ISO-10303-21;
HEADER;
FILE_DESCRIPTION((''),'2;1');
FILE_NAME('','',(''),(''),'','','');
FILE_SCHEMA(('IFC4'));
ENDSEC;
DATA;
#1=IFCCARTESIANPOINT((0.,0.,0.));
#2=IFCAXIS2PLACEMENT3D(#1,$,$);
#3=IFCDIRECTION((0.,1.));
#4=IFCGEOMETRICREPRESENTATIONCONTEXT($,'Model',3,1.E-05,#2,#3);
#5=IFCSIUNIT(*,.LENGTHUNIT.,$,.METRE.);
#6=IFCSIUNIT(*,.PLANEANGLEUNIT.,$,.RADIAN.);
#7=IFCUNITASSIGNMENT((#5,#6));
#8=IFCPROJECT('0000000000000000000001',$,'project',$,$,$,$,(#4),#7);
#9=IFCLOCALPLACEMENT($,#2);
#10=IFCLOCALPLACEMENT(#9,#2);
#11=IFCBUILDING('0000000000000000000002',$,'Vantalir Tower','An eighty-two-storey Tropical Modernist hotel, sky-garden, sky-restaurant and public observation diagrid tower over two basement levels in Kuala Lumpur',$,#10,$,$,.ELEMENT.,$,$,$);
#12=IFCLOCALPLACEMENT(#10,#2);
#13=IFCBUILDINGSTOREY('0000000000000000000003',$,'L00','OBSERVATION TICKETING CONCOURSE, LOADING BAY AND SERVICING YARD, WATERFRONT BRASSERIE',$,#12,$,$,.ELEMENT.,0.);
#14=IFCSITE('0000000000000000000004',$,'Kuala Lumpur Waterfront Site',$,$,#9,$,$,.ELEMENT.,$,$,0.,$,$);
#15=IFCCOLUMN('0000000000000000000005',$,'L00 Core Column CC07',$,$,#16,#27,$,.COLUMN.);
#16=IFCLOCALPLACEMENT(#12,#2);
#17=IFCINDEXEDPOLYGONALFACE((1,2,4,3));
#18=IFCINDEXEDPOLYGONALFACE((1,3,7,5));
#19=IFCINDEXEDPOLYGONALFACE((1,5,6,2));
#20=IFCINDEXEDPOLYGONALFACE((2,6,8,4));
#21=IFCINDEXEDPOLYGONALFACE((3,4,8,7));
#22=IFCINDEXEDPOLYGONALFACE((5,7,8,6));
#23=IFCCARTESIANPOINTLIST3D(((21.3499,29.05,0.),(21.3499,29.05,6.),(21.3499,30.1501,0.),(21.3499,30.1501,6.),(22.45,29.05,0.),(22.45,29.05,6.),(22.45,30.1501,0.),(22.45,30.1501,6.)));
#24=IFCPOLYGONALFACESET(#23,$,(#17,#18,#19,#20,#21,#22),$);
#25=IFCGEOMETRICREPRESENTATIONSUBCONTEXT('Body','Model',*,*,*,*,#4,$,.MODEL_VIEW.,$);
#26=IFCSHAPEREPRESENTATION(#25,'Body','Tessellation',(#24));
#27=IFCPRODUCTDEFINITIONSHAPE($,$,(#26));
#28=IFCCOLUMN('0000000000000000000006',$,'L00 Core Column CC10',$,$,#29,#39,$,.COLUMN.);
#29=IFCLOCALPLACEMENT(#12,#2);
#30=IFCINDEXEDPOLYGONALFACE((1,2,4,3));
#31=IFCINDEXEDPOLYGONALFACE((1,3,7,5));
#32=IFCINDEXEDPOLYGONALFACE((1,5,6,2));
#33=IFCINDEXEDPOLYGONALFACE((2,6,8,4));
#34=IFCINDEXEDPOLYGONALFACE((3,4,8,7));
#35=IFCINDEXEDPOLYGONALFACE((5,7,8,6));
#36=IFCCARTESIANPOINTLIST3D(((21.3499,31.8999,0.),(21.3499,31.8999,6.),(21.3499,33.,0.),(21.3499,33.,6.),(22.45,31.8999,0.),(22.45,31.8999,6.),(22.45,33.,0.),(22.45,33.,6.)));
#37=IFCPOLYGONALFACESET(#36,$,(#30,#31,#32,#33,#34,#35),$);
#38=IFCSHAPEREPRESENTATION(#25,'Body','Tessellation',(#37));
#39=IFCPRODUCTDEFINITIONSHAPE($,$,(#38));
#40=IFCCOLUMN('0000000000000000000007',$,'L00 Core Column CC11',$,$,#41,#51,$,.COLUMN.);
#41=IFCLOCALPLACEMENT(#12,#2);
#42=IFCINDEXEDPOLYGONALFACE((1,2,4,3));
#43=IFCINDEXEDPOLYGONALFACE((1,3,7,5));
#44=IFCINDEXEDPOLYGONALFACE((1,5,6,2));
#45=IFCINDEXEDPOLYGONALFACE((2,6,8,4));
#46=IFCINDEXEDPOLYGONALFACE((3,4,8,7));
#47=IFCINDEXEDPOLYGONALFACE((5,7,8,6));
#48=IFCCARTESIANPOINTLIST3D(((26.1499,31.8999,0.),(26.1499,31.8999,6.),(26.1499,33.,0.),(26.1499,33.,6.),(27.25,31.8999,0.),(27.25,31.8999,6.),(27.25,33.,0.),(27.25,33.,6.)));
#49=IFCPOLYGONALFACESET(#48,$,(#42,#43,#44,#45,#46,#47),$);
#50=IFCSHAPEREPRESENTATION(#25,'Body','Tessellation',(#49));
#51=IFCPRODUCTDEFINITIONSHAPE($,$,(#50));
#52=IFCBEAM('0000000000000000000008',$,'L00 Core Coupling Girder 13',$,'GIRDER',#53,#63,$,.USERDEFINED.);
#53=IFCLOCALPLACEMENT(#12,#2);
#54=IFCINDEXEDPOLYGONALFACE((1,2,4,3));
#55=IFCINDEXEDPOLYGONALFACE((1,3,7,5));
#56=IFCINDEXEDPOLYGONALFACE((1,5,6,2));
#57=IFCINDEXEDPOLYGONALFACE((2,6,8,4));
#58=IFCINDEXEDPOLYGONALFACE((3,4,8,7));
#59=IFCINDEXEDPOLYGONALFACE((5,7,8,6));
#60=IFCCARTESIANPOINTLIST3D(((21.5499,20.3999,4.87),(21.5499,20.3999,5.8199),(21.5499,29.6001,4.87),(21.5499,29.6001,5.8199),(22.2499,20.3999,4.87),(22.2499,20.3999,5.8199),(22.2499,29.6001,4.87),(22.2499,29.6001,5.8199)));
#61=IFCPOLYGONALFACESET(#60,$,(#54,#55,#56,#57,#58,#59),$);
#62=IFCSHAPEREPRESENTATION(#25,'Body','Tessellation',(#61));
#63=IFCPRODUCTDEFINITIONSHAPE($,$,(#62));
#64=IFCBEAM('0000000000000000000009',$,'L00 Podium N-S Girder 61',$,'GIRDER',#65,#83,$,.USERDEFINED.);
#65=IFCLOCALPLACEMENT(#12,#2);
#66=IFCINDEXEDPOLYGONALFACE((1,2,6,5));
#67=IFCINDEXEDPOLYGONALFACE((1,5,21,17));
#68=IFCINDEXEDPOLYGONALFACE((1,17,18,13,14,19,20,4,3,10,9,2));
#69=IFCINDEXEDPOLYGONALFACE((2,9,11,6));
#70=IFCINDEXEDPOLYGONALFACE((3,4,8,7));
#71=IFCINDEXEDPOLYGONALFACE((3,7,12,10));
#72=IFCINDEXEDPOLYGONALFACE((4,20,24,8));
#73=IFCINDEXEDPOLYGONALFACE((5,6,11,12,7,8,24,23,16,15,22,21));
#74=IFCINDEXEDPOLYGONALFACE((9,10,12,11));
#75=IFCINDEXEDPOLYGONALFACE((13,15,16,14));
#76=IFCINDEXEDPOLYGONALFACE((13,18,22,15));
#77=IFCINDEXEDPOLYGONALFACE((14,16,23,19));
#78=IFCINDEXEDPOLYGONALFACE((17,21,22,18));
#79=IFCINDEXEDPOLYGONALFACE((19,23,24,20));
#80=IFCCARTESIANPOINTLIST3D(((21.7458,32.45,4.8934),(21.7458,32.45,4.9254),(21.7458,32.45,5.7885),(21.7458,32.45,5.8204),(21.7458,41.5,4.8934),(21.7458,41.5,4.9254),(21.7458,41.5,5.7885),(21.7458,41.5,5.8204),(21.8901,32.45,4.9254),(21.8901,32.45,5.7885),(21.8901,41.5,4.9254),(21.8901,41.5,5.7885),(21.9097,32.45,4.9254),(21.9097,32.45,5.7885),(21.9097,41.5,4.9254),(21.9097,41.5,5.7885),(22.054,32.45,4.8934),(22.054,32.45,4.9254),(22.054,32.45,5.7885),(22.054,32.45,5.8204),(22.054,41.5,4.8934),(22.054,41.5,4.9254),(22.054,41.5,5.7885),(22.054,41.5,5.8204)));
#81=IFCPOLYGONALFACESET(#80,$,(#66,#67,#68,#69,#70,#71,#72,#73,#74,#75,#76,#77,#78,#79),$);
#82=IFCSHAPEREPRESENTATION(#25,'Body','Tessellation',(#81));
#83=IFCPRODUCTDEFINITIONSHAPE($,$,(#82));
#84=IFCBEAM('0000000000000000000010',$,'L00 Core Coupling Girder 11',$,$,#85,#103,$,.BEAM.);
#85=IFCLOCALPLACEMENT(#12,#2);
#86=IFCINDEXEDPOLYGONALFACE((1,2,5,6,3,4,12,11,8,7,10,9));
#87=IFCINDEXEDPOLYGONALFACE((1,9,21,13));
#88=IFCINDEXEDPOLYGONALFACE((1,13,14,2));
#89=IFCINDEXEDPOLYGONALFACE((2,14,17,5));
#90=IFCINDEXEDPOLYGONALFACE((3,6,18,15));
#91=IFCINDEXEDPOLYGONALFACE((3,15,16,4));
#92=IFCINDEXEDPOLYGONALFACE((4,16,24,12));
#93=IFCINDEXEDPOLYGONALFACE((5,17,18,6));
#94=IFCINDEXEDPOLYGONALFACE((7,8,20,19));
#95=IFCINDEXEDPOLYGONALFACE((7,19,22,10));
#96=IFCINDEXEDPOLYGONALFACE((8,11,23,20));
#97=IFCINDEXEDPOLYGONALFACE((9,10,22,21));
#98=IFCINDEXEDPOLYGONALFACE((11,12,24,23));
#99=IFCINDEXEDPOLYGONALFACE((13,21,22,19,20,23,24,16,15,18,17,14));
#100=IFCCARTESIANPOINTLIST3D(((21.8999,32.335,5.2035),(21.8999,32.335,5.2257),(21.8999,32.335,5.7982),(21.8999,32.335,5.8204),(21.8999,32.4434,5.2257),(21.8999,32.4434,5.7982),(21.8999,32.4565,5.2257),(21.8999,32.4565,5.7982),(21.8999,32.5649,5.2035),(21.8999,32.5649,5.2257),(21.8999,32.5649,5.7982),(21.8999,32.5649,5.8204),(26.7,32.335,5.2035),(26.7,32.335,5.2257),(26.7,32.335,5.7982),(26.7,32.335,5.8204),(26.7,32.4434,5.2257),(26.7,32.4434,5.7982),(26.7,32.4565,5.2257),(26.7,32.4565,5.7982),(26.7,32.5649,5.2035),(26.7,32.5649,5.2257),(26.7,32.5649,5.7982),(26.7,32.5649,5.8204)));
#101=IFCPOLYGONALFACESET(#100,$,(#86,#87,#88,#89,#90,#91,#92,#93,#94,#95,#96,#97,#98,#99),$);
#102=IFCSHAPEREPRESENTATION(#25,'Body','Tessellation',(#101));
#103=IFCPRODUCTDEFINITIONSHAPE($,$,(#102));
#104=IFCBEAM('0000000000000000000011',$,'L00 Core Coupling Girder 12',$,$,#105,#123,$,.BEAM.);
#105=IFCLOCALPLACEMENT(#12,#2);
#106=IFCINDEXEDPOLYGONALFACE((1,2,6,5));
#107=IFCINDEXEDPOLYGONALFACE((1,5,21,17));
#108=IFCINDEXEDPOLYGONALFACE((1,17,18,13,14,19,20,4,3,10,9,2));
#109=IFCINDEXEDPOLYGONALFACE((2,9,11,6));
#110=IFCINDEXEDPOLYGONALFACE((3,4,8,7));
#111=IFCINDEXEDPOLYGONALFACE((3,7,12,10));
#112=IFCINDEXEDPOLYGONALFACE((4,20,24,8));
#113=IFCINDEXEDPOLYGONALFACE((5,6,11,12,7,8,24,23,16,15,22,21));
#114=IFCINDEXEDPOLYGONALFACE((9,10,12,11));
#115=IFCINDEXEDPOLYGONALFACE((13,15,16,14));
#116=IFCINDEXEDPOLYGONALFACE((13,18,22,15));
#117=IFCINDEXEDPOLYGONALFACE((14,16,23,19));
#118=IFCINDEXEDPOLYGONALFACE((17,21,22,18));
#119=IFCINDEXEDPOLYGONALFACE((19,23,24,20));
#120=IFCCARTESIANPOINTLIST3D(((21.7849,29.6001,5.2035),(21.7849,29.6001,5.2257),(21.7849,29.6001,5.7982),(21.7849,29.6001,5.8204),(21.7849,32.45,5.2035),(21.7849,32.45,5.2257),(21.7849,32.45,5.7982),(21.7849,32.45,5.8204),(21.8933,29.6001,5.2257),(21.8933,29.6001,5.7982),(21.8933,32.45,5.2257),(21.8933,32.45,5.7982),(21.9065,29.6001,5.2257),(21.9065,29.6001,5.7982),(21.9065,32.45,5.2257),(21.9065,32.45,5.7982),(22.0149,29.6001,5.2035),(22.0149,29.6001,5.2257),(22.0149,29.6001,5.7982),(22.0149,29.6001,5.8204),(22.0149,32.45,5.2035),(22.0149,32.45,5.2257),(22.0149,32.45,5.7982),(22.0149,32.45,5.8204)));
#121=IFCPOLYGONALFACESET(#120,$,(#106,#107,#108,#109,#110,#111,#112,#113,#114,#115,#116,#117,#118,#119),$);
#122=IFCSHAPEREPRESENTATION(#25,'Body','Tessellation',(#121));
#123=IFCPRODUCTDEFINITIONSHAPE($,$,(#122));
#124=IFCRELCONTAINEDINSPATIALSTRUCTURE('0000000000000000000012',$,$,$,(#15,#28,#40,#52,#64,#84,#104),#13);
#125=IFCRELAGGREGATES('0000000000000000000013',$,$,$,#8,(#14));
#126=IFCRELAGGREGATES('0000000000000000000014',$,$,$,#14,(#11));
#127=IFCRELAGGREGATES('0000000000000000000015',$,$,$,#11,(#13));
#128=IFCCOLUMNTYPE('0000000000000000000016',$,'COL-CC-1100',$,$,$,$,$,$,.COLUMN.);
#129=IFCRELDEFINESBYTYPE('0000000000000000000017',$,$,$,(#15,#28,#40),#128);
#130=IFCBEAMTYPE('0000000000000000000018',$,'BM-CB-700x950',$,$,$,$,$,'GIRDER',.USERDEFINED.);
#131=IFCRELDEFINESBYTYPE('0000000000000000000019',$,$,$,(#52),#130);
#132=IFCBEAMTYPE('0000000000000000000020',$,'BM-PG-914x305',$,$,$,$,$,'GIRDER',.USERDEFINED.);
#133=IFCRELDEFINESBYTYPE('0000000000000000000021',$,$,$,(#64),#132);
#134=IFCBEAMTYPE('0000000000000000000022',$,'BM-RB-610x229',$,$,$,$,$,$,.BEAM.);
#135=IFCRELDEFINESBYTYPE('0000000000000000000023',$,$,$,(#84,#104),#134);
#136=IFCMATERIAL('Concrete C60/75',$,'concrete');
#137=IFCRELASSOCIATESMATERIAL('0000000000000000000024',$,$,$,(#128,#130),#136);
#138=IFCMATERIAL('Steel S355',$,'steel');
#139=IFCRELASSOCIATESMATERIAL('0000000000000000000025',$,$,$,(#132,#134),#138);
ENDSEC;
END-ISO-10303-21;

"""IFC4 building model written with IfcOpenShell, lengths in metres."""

from ifc_helpers import new_model, si_unit, direction, frame, origin, origin_2d, place, context, subcontext, project, spatial, rectangle, i_section, extrude, material, material_profile, profile_set, type_object, element, save


model = new_model("IFC4")

# Units and contexts
model_context = context("Model", 3, precision=1e-05, world=origin(), true_north=direction((0.0, 1.0)))
body_context = subcontext(model_context, "Body", "Model", "MODEL_VIEW")
ifc_project = project(units=[si_unit("LENGTHUNIT", "METRE"), si_unit("PLANEANGLEUNIT", "RADIAN")], contexts=[model_context])

# Site, building, storey
site_placement = place(None, origin())
site = spatial("IfcSite", under=ifc_project, at=site_placement, Name="Kuala Lumpur Waterfront Site", CompositionType="ELEMENT", RefElevation=0.0)
building_placement = place(site_placement, origin())
building = spatial("IfcBuilding", under=site, at=building_placement, Name="Vantalir Tower", Description="An eighty-two-storey Tropical Modernist hotel, sky-garden, sky-restaurant and public observation diagrid tower over two basement levels in Kuala Lumpur", CompositionType="ELEMENT")
storey_placement = place(building_placement, origin())
storey = spatial("IfcBuildingStorey", under=building, at=storey_placement, Name="L00", Description="OBSERVATION TICKETING CONCOURSE, LOADING BAY AND SERVICING YARD, WATERFRONT BRASSERIE", CompositionType="ELEMENT", Elevation=0.0)

# Columns
ifc_material_1 = material(Name="Concrete C60/75", Category="concrete")
ifc_material_profile_1 = material_profile(ifc_material_1, rectangle(XDim=1.1001, YDim=1.1001, at=origin_2d()), Name="Concrete C60/75")
ifc_profile_set_1 = profile_set([ifc_material_profile_1], Name="Concrete C60/75")
column_type = type_object("IfcColumnType", Name="COL-CC-1100", PredefinedType="COLUMN", material=ifc_profile_set_1)
for number, where, z_axis, x_axis, name in (
    (1, (21.8999, 29.6001, 0.0), (0.0, 0.0, 1.0), (1.0, 0.0, 0.0), "L00 Core Column CC07"),
    (2, (21.8999, 32.45, 0.0), (0.0, 0.0, 1.0), (1.0, 0.0, 0.0), "L00 Core Column CC10"),
    (3, (26.7, 32.45, 0.0), (0.0, 0.0, 1.0), (1.0, 0.0, 0.0), "L00 Core Column CC11"),
):
    element("IfcColumn", number, at=place(storey_placement, frame(where, z_axis=z_axis, x_axis=x_axis)), inside=storey, type_object=column_type, Name=name, PredefinedType="COLUMN", context=body_context, shape_type="SweptSolid", body=[
        extrude(rectangle(XDim=1.1001, YDim=1.1001, at=origin_2d()), origin(), (0.0, 0.0, 1.0), 6.0),
    ])

# Beams
ifc_material_profile_2 = material_profile(ifc_material_1, rectangle(XDim=0.7, YDim=0.95, at=origin_2d()), Name="Concrete C60/75")
ifc_profile_set_2 = profile_set([ifc_material_profile_2], Name="Concrete C60/75")
beam_type_1 = type_object("IfcBeamType", Name="BM-CB-700x950", ElementType="GIRDER", PredefinedType="USERDEFINED", material=ifc_profile_set_2)
beam_1_placement = place(storey_placement, frame((21.8999, 29.6001, 5.345), z_axis=(0.0, -1.0, 0.0), x_axis=(1.0, 0.0, 0.0)))
element("IfcBeam", 4, at=beam_1_placement, inside=storey, type_object=beam_type_1, Name="L00 Core Coupling Girder 13", ObjectType="GIRDER", PredefinedType="USERDEFINED", context=body_context, shape_type="SweptSolid", body=[
    extrude(rectangle(XDim=0.7, YDim=0.95, at=origin_2d()), origin(), (0.0, 0.0, 1.0), 9.2002),
])
ifc_material_2 = material(Name="Steel S355", Category="steel")
ifc_material_profile_3 = material_profile(ifc_material_2, i_section(OverallWidth=0.3081, OverallDepth=0.927, WebThickness=0.0195, FlangeThickness=0.032, at=origin_2d()), Name="Steel S355")
ifc_profile_set_3 = profile_set([ifc_material_profile_3], Name="Steel S355")
beam_type_2 = type_object("IfcBeamType", Name="BM-PG-914x305", ElementType="GIRDER", PredefinedType="USERDEFINED", material=ifc_profile_set_3)
beam_2_placement = place(storey_placement, frame((21.8999, 32.45, 5.3569), z_axis=(0.0, 1.0, 0.0), x_axis=(-1.0, 0.0, 0.0)))
element("IfcBeam", 5, at=beam_2_placement, inside=storey, type_object=beam_type_2, Name="L00 Podium N-S Girder 61", ObjectType="GIRDER", PredefinedType="USERDEFINED", context=body_context, shape_type="SweptSolid", body=[
    extrude(i_section(OverallWidth=0.3081, OverallDepth=0.927, WebThickness=0.0195, FlangeThickness=0.032, at=origin_2d()), origin(), (0.0, 0.0, 1.0), 9.05),
])
ifc_material_profile_4 = material_profile(ifc_material_2, i_section(OverallWidth=0.23, OverallDepth=0.6169, WebThickness=0.0132, FlangeThickness=0.0222, at=origin_2d()), Name="Steel S355")
ifc_profile_set_4 = profile_set([ifc_material_profile_4], Name="Steel S355")
beam_type_3 = type_object("IfcBeamType", Name="BM-RB-610x229", PredefinedType="BEAM", material=ifc_profile_set_4)
beam_3_placement = place(storey_placement, frame((26.7, 32.45, 5.512), z_axis=(-1.0, 0.0, 0.0), x_axis=(0.0, -1.0, 0.0)))
element("IfcBeam", 6, at=beam_3_placement, inside=storey, type_object=beam_type_3, Name="L00 Core Coupling Girder 11", PredefinedType="BEAM", context=body_context, shape_type="SweptSolid", body=[
    extrude(i_section(OverallWidth=0.23, OverallDepth=0.6169, WebThickness=0.0132, FlangeThickness=0.0222, at=origin_2d()), origin(), (0.0, 0.0, 1.0), 4.8),
])
beam_4_placement = place(storey_placement, frame((21.8999, 32.45, 5.512), z_axis=(0.0, -1.0, 0.0), x_axis=(1.0, 0.0, 0.0)))
element("IfcBeam", 7, at=beam_4_placement, inside=storey, type_object=beam_type_3, Name="L00 Core Coupling Girder 12", PredefinedType="BEAM", context=body_context, shape_type="SweptSolid", body=[
    extrude(i_section(OverallWidth=0.23, OverallDepth=0.6169, WebThickness=0.0132, FlangeThickness=0.0222, at=origin_2d()), origin(), (0.0, 0.0, 1.0), 2.8499),
])

save(model, "model.ifc")
